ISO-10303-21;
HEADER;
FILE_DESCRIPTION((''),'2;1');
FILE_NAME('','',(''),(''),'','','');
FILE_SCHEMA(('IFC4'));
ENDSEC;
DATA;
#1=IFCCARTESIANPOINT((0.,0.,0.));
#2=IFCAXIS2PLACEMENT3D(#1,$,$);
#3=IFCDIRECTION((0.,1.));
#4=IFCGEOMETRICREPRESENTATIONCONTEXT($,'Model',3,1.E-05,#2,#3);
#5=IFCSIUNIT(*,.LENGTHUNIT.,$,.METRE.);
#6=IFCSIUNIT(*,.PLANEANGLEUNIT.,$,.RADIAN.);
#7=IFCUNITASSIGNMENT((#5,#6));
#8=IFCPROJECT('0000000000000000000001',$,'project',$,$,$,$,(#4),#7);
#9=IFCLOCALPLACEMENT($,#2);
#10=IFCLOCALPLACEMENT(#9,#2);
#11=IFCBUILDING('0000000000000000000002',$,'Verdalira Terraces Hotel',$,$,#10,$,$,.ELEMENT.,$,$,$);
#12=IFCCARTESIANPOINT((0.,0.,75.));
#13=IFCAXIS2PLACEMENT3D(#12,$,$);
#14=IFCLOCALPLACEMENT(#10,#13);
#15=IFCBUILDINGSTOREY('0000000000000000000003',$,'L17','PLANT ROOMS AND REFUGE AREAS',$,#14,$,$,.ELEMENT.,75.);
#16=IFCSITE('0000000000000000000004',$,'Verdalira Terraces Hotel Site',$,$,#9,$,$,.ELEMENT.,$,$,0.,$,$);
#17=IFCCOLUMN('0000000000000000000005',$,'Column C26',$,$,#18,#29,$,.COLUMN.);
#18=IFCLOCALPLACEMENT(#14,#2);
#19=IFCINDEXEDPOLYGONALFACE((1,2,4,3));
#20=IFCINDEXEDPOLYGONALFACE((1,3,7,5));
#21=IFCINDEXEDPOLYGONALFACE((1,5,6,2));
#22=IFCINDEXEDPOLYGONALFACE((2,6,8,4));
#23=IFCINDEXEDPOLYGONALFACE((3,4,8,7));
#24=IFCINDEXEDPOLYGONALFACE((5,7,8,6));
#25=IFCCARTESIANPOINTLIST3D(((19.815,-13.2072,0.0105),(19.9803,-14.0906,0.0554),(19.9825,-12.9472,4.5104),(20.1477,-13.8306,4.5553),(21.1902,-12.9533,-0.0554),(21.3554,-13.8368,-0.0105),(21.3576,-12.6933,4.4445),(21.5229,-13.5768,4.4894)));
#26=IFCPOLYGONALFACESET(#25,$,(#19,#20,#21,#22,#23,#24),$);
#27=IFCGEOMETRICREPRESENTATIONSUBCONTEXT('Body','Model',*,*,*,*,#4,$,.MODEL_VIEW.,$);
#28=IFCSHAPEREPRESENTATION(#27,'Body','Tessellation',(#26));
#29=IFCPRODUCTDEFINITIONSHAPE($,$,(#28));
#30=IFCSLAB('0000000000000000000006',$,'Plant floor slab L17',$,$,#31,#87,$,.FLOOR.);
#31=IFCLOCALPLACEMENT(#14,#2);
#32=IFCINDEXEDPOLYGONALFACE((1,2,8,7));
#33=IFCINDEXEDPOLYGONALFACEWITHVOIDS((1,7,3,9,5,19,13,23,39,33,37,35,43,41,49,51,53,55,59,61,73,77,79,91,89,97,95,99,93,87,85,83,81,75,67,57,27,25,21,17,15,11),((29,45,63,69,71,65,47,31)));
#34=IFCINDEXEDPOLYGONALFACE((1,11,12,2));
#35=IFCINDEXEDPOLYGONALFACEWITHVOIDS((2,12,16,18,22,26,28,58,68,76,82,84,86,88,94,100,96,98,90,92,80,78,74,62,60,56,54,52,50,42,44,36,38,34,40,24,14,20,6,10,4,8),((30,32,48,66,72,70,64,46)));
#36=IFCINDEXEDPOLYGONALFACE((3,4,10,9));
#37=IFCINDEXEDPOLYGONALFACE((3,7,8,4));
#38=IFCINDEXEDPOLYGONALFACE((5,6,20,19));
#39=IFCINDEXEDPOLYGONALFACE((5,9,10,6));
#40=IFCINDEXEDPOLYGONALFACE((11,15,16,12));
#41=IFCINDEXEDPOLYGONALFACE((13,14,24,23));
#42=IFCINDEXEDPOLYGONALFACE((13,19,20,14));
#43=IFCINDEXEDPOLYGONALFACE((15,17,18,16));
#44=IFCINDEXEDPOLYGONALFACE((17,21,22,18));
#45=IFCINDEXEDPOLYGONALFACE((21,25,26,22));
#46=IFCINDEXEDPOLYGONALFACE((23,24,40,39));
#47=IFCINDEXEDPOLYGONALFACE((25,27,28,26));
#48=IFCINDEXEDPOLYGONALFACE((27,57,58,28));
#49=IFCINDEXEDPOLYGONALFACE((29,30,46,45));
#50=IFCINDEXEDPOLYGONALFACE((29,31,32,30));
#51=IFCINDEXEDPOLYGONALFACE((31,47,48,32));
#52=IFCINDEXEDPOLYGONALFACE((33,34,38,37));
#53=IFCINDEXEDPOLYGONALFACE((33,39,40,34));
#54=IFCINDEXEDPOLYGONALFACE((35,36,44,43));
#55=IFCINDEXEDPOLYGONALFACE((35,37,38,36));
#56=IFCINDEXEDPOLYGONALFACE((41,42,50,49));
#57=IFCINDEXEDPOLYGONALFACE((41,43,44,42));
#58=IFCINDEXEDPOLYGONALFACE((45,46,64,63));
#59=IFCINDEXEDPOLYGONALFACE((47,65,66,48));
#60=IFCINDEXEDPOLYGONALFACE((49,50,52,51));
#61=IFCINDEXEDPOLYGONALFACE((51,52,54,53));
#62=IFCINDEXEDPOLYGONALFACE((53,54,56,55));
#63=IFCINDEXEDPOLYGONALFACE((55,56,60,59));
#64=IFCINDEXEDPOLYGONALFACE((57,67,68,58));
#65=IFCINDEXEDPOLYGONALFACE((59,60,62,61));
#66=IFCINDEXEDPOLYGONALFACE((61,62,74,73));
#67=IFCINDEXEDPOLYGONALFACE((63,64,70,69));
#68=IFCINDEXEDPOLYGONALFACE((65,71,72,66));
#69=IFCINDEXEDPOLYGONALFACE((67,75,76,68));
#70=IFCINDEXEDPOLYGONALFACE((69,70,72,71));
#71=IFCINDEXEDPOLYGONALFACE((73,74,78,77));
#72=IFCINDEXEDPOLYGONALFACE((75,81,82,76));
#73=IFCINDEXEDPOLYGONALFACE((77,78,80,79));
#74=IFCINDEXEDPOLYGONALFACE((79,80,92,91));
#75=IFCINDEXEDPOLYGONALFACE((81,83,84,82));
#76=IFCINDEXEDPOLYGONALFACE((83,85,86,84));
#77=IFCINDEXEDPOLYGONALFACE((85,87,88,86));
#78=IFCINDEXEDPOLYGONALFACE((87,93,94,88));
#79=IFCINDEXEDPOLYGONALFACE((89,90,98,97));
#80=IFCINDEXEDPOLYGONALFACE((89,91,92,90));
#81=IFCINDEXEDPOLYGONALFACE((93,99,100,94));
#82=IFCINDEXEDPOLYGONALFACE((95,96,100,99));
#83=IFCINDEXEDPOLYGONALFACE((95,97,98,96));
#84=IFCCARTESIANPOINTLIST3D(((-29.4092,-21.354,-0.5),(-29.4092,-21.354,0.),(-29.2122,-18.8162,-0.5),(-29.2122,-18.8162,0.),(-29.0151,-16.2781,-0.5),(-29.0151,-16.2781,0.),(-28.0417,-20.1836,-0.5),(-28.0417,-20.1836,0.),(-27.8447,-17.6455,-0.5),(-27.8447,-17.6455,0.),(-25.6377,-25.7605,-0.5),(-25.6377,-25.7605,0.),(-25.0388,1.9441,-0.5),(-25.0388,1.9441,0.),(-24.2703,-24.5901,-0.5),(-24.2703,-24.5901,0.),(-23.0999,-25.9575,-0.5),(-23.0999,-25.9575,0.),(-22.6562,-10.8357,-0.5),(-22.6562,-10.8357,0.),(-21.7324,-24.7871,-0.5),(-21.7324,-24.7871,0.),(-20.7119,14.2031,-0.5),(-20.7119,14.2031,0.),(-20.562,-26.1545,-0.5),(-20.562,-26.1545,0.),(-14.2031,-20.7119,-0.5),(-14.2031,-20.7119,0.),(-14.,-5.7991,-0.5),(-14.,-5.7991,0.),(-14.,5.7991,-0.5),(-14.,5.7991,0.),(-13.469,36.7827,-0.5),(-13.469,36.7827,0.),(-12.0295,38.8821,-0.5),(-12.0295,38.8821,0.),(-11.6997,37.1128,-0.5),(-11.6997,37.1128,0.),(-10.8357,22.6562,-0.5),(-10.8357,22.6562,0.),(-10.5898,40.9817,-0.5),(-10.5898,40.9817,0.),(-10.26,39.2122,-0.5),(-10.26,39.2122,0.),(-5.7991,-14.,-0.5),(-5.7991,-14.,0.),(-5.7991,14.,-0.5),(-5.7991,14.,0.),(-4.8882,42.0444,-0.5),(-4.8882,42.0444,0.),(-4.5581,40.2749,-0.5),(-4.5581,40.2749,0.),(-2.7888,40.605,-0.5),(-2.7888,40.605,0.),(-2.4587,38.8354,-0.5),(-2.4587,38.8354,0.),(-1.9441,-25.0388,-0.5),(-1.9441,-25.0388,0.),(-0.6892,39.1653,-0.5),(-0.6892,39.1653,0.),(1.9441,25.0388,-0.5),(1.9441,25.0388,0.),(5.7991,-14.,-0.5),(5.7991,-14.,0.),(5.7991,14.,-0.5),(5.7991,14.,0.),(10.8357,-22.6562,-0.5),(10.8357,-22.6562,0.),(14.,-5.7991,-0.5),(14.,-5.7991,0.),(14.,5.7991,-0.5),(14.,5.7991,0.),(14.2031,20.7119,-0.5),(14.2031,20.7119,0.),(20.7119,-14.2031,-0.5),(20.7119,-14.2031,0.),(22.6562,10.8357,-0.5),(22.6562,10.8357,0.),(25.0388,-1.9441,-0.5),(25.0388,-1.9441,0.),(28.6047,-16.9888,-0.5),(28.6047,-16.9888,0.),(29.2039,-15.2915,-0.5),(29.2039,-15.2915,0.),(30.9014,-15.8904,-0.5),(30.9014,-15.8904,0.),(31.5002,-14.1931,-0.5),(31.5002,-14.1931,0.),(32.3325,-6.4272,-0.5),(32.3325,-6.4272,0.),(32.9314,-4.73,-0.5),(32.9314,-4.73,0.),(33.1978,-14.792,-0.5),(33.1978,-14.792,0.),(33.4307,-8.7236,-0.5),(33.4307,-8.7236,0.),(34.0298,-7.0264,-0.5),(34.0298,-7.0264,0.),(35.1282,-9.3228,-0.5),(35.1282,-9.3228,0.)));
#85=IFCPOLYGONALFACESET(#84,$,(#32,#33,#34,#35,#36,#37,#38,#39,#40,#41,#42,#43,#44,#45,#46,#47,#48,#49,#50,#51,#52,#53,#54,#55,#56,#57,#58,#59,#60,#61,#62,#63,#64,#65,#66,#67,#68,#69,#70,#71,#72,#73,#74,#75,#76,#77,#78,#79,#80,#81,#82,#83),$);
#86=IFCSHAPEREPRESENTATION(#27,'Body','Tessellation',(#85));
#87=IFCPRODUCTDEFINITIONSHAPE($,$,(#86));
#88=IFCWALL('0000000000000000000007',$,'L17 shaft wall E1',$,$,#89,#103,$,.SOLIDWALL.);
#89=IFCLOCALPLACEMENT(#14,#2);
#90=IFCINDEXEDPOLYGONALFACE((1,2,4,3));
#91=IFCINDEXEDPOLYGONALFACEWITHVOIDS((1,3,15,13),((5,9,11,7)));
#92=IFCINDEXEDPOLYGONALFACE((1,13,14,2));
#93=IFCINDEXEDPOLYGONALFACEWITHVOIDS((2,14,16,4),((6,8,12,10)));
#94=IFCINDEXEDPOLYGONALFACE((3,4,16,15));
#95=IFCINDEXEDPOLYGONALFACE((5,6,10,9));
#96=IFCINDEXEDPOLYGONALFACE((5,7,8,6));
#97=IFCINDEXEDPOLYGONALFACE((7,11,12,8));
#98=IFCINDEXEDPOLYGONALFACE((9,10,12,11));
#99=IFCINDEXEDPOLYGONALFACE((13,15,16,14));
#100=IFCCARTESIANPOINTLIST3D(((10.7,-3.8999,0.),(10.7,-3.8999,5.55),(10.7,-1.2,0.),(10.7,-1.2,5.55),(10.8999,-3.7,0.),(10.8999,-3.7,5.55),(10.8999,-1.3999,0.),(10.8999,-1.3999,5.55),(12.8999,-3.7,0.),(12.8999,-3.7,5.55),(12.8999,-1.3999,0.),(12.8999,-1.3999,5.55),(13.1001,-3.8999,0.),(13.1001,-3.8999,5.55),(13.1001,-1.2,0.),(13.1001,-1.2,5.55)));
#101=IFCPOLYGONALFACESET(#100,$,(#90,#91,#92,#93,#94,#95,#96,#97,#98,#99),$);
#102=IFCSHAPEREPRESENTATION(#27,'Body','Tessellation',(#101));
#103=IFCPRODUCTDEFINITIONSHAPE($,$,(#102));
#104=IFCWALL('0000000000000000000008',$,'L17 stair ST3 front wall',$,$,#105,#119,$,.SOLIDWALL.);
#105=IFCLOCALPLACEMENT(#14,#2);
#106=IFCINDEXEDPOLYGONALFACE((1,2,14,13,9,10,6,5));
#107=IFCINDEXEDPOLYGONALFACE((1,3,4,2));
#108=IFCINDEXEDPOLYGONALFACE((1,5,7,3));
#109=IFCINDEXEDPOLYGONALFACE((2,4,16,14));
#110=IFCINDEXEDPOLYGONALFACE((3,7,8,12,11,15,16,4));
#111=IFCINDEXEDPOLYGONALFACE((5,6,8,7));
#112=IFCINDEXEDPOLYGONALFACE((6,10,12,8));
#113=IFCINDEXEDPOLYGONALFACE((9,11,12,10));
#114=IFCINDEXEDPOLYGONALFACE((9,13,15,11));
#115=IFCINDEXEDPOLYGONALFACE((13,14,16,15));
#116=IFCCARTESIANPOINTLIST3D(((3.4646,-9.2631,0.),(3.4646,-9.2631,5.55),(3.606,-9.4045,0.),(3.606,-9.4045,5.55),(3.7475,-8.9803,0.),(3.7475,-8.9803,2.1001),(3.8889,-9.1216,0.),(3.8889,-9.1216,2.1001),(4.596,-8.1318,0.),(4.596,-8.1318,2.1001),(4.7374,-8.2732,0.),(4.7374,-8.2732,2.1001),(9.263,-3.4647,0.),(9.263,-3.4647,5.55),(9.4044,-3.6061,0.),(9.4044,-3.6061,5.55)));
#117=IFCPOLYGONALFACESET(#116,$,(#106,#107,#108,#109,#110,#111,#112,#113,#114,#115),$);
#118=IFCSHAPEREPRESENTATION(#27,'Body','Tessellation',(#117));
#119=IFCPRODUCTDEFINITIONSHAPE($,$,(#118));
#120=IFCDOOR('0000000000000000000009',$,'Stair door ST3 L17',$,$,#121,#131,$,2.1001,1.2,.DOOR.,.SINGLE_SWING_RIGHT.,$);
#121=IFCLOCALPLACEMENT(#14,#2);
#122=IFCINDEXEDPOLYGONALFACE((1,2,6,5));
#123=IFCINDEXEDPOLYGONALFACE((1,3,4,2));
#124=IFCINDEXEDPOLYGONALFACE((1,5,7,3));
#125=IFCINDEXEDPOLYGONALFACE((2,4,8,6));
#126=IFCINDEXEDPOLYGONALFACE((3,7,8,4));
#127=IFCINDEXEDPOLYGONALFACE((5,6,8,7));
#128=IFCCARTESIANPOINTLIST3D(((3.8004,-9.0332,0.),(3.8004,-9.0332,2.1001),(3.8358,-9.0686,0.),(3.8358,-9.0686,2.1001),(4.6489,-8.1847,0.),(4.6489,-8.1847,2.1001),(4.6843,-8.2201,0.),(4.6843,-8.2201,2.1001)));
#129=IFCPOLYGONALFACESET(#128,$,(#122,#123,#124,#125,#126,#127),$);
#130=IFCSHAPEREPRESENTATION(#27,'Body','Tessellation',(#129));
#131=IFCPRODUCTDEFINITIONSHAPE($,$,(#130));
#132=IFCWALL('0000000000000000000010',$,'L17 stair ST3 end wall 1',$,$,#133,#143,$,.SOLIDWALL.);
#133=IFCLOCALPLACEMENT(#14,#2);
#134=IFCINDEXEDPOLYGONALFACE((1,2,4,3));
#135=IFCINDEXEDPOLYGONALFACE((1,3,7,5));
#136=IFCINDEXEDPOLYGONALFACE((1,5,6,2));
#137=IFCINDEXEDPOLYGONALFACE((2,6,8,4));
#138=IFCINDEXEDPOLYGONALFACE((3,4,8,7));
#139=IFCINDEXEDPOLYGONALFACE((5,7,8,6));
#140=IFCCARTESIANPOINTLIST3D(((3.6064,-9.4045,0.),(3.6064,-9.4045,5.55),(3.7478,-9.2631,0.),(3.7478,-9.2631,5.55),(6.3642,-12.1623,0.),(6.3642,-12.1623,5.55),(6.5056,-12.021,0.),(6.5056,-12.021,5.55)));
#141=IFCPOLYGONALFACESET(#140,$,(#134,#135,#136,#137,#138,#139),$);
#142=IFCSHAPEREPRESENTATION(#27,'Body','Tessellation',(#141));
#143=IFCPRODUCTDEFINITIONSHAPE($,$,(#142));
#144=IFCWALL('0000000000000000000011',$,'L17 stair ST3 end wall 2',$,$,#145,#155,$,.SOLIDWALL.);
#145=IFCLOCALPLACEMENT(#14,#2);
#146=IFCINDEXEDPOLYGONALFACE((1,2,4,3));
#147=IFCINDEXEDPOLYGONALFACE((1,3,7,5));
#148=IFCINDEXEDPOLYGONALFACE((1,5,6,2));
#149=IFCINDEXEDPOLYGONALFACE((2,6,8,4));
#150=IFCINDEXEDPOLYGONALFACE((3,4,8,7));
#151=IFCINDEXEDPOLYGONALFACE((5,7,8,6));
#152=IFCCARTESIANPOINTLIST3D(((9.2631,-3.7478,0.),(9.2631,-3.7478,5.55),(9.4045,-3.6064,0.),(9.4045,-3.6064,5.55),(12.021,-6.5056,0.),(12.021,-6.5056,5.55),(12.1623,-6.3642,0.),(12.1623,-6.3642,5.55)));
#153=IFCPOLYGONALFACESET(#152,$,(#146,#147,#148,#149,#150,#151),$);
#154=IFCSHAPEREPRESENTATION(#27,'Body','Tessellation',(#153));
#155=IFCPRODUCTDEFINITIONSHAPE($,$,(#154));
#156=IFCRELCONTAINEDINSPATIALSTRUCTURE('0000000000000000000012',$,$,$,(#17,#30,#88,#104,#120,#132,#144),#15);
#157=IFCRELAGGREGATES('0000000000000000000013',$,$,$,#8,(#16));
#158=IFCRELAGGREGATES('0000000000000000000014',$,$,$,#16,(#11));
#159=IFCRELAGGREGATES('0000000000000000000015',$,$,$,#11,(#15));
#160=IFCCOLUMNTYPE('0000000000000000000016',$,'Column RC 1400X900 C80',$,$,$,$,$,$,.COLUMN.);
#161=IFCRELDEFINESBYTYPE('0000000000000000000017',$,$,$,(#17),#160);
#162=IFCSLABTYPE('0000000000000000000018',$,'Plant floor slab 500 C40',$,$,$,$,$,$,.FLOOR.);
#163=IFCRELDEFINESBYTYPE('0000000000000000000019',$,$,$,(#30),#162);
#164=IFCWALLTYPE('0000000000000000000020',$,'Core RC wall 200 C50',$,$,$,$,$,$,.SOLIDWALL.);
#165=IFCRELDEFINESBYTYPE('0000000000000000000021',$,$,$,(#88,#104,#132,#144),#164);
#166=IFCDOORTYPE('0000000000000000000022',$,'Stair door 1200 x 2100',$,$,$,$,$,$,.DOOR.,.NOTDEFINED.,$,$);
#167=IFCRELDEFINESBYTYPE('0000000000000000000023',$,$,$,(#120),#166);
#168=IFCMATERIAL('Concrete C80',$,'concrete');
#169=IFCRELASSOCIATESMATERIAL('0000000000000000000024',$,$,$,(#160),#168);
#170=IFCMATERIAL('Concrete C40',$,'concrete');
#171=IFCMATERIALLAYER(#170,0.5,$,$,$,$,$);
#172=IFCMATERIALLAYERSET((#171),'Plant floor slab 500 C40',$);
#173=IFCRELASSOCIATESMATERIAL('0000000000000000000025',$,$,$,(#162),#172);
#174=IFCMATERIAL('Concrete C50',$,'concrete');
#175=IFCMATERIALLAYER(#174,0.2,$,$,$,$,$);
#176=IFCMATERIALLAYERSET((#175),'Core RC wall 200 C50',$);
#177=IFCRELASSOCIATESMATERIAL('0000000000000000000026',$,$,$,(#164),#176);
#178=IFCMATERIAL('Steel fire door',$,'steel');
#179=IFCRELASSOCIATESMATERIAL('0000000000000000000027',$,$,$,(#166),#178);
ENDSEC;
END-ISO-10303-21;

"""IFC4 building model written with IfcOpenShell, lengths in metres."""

from ifc_helpers import new_model, si_unit, direction, frame, frame_2d, origin, origin_2d, place, context, subcontext, project, spatial, polyline, rectangle, outline, extrude, material, layer, layer_set, material_profile, profile_set, type_object, element, fill, save


model = new_model("IFC4")

# Units and contexts
model_context = context("Model", 3, precision=1e-05, world=origin(), true_north=direction((0.0, 1.0)))
body_context = subcontext(model_context, "Body", "Model", "MODEL_VIEW")
ifc_project = project(units=[si_unit("LENGTHUNIT", "METRE"), si_unit("PLANEANGLEUNIT", "RADIAN")], contexts=[model_context])

# Site, building, storey
site_placement = place(None, origin())
site = spatial("IfcSite", under=ifc_project, at=site_placement, Name="Verdalira Terraces Hotel Site", CompositionType="ELEMENT", RefElevation=0.0)
building_placement = place(site_placement, origin())
building = spatial("IfcBuilding", under=site, at=building_placement, Name="Verdalira Terraces Hotel", CompositionType="ELEMENT")
storey_placement = place(building_placement, frame((0.0, 0.0, 75.0)))
storey = spatial("IfcBuildingStorey", under=building, at=storey_placement, Name="L17", Description="PLANT ROOMS AND REFUGE AREAS", CompositionType="ELEMENT", Elevation=75.0)

# Column
ifc_material_1 = material(Name="Concrete C80", Category="concrete")
ifc_material_profile = material_profile(ifc_material_1, rectangle(XDim=1.3999, YDim=0.8999, at=origin_2d()), Name="RC 1400X900")
ifc_profile_set = profile_set([ifc_material_profile], Name="Concrete C80")
column_type = type_object("IfcColumnType", Name="Column RC 1400X900 C80", PredefinedType="COLUMN", material=ifc_profile_set)
column_placement = place(storey_placement, frame((20.5852, -13.522, 0.0), z_axis=(0.03713, 0.057644, 0.997646), x_axis=(-0.982298, -0.181323, 0.047036)))
element("IfcColumn", 1, at=column_placement, inside=storey, type_object=column_type, Name="Column C26", PredefinedType="COLUMN", context=body_context, shape_type="SweptSolid", body=[
    extrude(rectangle(XDim=1.3999, YDim=0.8999, at=origin_2d()), origin(), (0.0, 0.0, 1.0), 4.5105),
])

# Slab
ifc_material_2 = material(Name="Concrete C40", Category="concrete")
ifc_layer_1 = layer(ifc_material_2, 0.5)
ifc_layer_set_1 = layer_set([ifc_layer_1], Name="Plant floor slab 500 C40")
slab_type = type_object("IfcSlabType", Name="Plant floor slab 500 C40", PredefinedType="FLOOR", material=ifc_layer_set_1)
slab_placement = place(storey_placement, frame((0.0, 0.0, -0.5)))
element("IfcSlab", 2, at=slab_placement, inside=storey, type_object=slab_type, Name="Plant floor slab L17", PredefinedType="FLOOR", context=body_context, shape_type="SweptSolid", body=[
    extrude(outline(polyline([(14.2031, 20.7119), (1.9441, 25.0388), (-0.6892, 39.1653), (-2.4587, 38.8354), (-2.7888, 40.605), (-4.5581, 40.2749), (-4.8882, 42.0444), (-10.5898, 40.9817), (-10.26, 39.2122), (-12.0295, 38.8821), (-11.6997, 37.1128), (-13.469, 36.7827), (-10.8357, 22.6562), (-20.7119, 14.2031), (-25.0388, 1.9441), (-22.6562, -10.8357), (-29.0151, -16.2781), (-27.8447, -17.6455), (-29.2122, -18.8162), (-28.0417, -20.1836), (-29.4092, -21.354), (-25.6377, -25.7605), (-24.2703, -24.5901), (-23.0999, -25.9575), (-21.7324, -24.7871), (-20.562, -26.1545), (-14.2031, -20.7119), (-1.9441, -25.0388), (10.8357, -22.6562), (20.7119, -14.2031), (28.6047, -16.9888), (29.2039, -15.2915), (30.9014, -15.8904), (31.5002, -14.1931), (33.1978, -14.792), (35.1282, -9.3228), (33.4307, -8.7236), (34.0298, -7.0264), (32.3325, -6.4272), (32.9314, -4.73), (25.0388, -1.9441), (22.6562, 10.8357), (14.2031, 20.7119)]), holes=[polyline([(5.7991, 14.0), (14.0, 5.7991), (14.0, -5.7991), (5.7991, -14.0), (-5.7991, -14.0), (-14.0, -5.7991), (-14.0, 5.7991), (-5.7991, 14.0), (5.7991, 14.0)])]), origin(), (0.0, 0.0, 1.0), 0.5),
])

# Wall
ifc_material_3 = material(Name="Concrete C50", Category="concrete")
ifc_layer_2 = layer(ifc_material_3, 0.2)
ifc_layer_set_2 = layer_set([ifc_layer_2], Name="Core RC wall 200 C50")
wall_type_1 = type_object("IfcWallType", Name="Core RC wall 200 C50", PredefinedType="SOLIDWALL", material=ifc_layer_set_2)
wall_1_placement = place(storey_placement, origin())
element("IfcWall", 3, at=wall_1_placement, inside=storey, type_object=wall_type_1, Name="L17 shaft wall E1", PredefinedType="SOLIDWALL", context=body_context, shape_type="SweptSolid", body=[
    extrude(outline(polyline([(13.1001, -1.2), (13.1001, -3.8999), (10.7, -3.8999), (10.7, -1.2), (13.1001, -1.2)]), holes=[polyline([(10.8999, -3.7), (12.8999, -3.7), (12.8999, -1.3999), (10.8999, -1.3999), (10.8999, -3.7)])]), origin(), (0.0, 0.0, 1.0), 5.55),
])

# Wall, opening, door
wall_2_placement = place(storey_placement, frame((9.3337, -3.5354, 0.0), z_axis=(0.0, 0.0, 1.0), x_axis=(-0.707107, -0.707107, 0.0)))
wall_2 = element("IfcWall", 4, at=wall_2_placement, inside=storey, type_object=wall_type_1, Name="L17 stair ST3 front wall", PredefinedType="SOLIDWALL", context=body_context, shape_type="SweptSolid", body=[
    extrude(rectangle(XDim=8.2002, YDim=0.2, at=frame_2d((4.1001, 0.0))), origin(), (0.0, 0.0, 1.0), 5.55),
])
opening_1_placement = place(wall_2_placement, frame((6.6001, 0.0, 0.0)))
opening_1 = element("IfcOpeningElement", 5, at=opening_1_placement, cuts=wall_2, PredefinedType="OPENING", context=body_context, shape_type="SweptSolid", body=[
    extrude(rectangle(XDim=1.2, YDim=2.1001, at=frame_2d((0.6001, 1.05))), frame((0.0, 0.1099, 0.0), z_axis=(0.0, -1.0, 0.0), x_axis=(1.0, 0.0, 0.0)), (0.0, 0.0, 1.0), 0.22),
])
ifc_material_4 = material(Name="Steel fire door", Category="steel")
door_type_1 = type_object("IfcDoorType", Name="Stair door 1200 x 2100", OperationType="NOTDEFINED", PredefinedType="DOOR", material=ifc_material_4)
door_1_placement = place(opening_1_placement, origin())
door_1 = element("IfcDoor", 6, at=door_1_placement, inside=storey, type_object=door_type_1, Name="Stair door ST3 L17", OperationType="SINGLE_SWING_RIGHT", OverallHeight=2.1001, OverallWidth=1.2, PredefinedType="DOOR", context=body_context, shape_type="SweptSolid", body=[
    extrude(rectangle(XDim=1.2, YDim=2.1001, at=frame_2d((0.6001, 1.05))), frame((0.0, 0.0249, 0.0), z_axis=(0.0, -1.0, 0.0), x_axis=(1.0, 0.0, 0.0)), (0.0, 0.0, 1.0), 0.05),
])
fill(opening_1, door_1)

# Walls
for number, where, z_axis, x_axis, name in (
    (7, (3.677, -9.3337, 0.0), (0.0, 0.0, 1.0), (0.707107, -0.707107, 0.0), "L17 stair ST3 end wall 1"),
    (8, (9.3337, -3.677, 0.0), (0.0, 0.0, 1.0), (0.707107, -0.707107, 0.0), "L17 stair ST3 end wall 2"),
):
    element("IfcWall", number, at=place(storey_placement, frame(where, z_axis=z_axis, x_axis=x_axis)), inside=storey, type_object=wall_type_1, Name=name, PredefinedType="SOLIDWALL", context=body_context, shape_type="SweptSolid", body=[
        extrude(rectangle(XDim=3.9001, YDim=0.2, at=frame_2d((1.9502, 0.0))), origin(), (0.0, 0.0, 1.0), 5.55),
    ])

save(model, "model.ifc")
